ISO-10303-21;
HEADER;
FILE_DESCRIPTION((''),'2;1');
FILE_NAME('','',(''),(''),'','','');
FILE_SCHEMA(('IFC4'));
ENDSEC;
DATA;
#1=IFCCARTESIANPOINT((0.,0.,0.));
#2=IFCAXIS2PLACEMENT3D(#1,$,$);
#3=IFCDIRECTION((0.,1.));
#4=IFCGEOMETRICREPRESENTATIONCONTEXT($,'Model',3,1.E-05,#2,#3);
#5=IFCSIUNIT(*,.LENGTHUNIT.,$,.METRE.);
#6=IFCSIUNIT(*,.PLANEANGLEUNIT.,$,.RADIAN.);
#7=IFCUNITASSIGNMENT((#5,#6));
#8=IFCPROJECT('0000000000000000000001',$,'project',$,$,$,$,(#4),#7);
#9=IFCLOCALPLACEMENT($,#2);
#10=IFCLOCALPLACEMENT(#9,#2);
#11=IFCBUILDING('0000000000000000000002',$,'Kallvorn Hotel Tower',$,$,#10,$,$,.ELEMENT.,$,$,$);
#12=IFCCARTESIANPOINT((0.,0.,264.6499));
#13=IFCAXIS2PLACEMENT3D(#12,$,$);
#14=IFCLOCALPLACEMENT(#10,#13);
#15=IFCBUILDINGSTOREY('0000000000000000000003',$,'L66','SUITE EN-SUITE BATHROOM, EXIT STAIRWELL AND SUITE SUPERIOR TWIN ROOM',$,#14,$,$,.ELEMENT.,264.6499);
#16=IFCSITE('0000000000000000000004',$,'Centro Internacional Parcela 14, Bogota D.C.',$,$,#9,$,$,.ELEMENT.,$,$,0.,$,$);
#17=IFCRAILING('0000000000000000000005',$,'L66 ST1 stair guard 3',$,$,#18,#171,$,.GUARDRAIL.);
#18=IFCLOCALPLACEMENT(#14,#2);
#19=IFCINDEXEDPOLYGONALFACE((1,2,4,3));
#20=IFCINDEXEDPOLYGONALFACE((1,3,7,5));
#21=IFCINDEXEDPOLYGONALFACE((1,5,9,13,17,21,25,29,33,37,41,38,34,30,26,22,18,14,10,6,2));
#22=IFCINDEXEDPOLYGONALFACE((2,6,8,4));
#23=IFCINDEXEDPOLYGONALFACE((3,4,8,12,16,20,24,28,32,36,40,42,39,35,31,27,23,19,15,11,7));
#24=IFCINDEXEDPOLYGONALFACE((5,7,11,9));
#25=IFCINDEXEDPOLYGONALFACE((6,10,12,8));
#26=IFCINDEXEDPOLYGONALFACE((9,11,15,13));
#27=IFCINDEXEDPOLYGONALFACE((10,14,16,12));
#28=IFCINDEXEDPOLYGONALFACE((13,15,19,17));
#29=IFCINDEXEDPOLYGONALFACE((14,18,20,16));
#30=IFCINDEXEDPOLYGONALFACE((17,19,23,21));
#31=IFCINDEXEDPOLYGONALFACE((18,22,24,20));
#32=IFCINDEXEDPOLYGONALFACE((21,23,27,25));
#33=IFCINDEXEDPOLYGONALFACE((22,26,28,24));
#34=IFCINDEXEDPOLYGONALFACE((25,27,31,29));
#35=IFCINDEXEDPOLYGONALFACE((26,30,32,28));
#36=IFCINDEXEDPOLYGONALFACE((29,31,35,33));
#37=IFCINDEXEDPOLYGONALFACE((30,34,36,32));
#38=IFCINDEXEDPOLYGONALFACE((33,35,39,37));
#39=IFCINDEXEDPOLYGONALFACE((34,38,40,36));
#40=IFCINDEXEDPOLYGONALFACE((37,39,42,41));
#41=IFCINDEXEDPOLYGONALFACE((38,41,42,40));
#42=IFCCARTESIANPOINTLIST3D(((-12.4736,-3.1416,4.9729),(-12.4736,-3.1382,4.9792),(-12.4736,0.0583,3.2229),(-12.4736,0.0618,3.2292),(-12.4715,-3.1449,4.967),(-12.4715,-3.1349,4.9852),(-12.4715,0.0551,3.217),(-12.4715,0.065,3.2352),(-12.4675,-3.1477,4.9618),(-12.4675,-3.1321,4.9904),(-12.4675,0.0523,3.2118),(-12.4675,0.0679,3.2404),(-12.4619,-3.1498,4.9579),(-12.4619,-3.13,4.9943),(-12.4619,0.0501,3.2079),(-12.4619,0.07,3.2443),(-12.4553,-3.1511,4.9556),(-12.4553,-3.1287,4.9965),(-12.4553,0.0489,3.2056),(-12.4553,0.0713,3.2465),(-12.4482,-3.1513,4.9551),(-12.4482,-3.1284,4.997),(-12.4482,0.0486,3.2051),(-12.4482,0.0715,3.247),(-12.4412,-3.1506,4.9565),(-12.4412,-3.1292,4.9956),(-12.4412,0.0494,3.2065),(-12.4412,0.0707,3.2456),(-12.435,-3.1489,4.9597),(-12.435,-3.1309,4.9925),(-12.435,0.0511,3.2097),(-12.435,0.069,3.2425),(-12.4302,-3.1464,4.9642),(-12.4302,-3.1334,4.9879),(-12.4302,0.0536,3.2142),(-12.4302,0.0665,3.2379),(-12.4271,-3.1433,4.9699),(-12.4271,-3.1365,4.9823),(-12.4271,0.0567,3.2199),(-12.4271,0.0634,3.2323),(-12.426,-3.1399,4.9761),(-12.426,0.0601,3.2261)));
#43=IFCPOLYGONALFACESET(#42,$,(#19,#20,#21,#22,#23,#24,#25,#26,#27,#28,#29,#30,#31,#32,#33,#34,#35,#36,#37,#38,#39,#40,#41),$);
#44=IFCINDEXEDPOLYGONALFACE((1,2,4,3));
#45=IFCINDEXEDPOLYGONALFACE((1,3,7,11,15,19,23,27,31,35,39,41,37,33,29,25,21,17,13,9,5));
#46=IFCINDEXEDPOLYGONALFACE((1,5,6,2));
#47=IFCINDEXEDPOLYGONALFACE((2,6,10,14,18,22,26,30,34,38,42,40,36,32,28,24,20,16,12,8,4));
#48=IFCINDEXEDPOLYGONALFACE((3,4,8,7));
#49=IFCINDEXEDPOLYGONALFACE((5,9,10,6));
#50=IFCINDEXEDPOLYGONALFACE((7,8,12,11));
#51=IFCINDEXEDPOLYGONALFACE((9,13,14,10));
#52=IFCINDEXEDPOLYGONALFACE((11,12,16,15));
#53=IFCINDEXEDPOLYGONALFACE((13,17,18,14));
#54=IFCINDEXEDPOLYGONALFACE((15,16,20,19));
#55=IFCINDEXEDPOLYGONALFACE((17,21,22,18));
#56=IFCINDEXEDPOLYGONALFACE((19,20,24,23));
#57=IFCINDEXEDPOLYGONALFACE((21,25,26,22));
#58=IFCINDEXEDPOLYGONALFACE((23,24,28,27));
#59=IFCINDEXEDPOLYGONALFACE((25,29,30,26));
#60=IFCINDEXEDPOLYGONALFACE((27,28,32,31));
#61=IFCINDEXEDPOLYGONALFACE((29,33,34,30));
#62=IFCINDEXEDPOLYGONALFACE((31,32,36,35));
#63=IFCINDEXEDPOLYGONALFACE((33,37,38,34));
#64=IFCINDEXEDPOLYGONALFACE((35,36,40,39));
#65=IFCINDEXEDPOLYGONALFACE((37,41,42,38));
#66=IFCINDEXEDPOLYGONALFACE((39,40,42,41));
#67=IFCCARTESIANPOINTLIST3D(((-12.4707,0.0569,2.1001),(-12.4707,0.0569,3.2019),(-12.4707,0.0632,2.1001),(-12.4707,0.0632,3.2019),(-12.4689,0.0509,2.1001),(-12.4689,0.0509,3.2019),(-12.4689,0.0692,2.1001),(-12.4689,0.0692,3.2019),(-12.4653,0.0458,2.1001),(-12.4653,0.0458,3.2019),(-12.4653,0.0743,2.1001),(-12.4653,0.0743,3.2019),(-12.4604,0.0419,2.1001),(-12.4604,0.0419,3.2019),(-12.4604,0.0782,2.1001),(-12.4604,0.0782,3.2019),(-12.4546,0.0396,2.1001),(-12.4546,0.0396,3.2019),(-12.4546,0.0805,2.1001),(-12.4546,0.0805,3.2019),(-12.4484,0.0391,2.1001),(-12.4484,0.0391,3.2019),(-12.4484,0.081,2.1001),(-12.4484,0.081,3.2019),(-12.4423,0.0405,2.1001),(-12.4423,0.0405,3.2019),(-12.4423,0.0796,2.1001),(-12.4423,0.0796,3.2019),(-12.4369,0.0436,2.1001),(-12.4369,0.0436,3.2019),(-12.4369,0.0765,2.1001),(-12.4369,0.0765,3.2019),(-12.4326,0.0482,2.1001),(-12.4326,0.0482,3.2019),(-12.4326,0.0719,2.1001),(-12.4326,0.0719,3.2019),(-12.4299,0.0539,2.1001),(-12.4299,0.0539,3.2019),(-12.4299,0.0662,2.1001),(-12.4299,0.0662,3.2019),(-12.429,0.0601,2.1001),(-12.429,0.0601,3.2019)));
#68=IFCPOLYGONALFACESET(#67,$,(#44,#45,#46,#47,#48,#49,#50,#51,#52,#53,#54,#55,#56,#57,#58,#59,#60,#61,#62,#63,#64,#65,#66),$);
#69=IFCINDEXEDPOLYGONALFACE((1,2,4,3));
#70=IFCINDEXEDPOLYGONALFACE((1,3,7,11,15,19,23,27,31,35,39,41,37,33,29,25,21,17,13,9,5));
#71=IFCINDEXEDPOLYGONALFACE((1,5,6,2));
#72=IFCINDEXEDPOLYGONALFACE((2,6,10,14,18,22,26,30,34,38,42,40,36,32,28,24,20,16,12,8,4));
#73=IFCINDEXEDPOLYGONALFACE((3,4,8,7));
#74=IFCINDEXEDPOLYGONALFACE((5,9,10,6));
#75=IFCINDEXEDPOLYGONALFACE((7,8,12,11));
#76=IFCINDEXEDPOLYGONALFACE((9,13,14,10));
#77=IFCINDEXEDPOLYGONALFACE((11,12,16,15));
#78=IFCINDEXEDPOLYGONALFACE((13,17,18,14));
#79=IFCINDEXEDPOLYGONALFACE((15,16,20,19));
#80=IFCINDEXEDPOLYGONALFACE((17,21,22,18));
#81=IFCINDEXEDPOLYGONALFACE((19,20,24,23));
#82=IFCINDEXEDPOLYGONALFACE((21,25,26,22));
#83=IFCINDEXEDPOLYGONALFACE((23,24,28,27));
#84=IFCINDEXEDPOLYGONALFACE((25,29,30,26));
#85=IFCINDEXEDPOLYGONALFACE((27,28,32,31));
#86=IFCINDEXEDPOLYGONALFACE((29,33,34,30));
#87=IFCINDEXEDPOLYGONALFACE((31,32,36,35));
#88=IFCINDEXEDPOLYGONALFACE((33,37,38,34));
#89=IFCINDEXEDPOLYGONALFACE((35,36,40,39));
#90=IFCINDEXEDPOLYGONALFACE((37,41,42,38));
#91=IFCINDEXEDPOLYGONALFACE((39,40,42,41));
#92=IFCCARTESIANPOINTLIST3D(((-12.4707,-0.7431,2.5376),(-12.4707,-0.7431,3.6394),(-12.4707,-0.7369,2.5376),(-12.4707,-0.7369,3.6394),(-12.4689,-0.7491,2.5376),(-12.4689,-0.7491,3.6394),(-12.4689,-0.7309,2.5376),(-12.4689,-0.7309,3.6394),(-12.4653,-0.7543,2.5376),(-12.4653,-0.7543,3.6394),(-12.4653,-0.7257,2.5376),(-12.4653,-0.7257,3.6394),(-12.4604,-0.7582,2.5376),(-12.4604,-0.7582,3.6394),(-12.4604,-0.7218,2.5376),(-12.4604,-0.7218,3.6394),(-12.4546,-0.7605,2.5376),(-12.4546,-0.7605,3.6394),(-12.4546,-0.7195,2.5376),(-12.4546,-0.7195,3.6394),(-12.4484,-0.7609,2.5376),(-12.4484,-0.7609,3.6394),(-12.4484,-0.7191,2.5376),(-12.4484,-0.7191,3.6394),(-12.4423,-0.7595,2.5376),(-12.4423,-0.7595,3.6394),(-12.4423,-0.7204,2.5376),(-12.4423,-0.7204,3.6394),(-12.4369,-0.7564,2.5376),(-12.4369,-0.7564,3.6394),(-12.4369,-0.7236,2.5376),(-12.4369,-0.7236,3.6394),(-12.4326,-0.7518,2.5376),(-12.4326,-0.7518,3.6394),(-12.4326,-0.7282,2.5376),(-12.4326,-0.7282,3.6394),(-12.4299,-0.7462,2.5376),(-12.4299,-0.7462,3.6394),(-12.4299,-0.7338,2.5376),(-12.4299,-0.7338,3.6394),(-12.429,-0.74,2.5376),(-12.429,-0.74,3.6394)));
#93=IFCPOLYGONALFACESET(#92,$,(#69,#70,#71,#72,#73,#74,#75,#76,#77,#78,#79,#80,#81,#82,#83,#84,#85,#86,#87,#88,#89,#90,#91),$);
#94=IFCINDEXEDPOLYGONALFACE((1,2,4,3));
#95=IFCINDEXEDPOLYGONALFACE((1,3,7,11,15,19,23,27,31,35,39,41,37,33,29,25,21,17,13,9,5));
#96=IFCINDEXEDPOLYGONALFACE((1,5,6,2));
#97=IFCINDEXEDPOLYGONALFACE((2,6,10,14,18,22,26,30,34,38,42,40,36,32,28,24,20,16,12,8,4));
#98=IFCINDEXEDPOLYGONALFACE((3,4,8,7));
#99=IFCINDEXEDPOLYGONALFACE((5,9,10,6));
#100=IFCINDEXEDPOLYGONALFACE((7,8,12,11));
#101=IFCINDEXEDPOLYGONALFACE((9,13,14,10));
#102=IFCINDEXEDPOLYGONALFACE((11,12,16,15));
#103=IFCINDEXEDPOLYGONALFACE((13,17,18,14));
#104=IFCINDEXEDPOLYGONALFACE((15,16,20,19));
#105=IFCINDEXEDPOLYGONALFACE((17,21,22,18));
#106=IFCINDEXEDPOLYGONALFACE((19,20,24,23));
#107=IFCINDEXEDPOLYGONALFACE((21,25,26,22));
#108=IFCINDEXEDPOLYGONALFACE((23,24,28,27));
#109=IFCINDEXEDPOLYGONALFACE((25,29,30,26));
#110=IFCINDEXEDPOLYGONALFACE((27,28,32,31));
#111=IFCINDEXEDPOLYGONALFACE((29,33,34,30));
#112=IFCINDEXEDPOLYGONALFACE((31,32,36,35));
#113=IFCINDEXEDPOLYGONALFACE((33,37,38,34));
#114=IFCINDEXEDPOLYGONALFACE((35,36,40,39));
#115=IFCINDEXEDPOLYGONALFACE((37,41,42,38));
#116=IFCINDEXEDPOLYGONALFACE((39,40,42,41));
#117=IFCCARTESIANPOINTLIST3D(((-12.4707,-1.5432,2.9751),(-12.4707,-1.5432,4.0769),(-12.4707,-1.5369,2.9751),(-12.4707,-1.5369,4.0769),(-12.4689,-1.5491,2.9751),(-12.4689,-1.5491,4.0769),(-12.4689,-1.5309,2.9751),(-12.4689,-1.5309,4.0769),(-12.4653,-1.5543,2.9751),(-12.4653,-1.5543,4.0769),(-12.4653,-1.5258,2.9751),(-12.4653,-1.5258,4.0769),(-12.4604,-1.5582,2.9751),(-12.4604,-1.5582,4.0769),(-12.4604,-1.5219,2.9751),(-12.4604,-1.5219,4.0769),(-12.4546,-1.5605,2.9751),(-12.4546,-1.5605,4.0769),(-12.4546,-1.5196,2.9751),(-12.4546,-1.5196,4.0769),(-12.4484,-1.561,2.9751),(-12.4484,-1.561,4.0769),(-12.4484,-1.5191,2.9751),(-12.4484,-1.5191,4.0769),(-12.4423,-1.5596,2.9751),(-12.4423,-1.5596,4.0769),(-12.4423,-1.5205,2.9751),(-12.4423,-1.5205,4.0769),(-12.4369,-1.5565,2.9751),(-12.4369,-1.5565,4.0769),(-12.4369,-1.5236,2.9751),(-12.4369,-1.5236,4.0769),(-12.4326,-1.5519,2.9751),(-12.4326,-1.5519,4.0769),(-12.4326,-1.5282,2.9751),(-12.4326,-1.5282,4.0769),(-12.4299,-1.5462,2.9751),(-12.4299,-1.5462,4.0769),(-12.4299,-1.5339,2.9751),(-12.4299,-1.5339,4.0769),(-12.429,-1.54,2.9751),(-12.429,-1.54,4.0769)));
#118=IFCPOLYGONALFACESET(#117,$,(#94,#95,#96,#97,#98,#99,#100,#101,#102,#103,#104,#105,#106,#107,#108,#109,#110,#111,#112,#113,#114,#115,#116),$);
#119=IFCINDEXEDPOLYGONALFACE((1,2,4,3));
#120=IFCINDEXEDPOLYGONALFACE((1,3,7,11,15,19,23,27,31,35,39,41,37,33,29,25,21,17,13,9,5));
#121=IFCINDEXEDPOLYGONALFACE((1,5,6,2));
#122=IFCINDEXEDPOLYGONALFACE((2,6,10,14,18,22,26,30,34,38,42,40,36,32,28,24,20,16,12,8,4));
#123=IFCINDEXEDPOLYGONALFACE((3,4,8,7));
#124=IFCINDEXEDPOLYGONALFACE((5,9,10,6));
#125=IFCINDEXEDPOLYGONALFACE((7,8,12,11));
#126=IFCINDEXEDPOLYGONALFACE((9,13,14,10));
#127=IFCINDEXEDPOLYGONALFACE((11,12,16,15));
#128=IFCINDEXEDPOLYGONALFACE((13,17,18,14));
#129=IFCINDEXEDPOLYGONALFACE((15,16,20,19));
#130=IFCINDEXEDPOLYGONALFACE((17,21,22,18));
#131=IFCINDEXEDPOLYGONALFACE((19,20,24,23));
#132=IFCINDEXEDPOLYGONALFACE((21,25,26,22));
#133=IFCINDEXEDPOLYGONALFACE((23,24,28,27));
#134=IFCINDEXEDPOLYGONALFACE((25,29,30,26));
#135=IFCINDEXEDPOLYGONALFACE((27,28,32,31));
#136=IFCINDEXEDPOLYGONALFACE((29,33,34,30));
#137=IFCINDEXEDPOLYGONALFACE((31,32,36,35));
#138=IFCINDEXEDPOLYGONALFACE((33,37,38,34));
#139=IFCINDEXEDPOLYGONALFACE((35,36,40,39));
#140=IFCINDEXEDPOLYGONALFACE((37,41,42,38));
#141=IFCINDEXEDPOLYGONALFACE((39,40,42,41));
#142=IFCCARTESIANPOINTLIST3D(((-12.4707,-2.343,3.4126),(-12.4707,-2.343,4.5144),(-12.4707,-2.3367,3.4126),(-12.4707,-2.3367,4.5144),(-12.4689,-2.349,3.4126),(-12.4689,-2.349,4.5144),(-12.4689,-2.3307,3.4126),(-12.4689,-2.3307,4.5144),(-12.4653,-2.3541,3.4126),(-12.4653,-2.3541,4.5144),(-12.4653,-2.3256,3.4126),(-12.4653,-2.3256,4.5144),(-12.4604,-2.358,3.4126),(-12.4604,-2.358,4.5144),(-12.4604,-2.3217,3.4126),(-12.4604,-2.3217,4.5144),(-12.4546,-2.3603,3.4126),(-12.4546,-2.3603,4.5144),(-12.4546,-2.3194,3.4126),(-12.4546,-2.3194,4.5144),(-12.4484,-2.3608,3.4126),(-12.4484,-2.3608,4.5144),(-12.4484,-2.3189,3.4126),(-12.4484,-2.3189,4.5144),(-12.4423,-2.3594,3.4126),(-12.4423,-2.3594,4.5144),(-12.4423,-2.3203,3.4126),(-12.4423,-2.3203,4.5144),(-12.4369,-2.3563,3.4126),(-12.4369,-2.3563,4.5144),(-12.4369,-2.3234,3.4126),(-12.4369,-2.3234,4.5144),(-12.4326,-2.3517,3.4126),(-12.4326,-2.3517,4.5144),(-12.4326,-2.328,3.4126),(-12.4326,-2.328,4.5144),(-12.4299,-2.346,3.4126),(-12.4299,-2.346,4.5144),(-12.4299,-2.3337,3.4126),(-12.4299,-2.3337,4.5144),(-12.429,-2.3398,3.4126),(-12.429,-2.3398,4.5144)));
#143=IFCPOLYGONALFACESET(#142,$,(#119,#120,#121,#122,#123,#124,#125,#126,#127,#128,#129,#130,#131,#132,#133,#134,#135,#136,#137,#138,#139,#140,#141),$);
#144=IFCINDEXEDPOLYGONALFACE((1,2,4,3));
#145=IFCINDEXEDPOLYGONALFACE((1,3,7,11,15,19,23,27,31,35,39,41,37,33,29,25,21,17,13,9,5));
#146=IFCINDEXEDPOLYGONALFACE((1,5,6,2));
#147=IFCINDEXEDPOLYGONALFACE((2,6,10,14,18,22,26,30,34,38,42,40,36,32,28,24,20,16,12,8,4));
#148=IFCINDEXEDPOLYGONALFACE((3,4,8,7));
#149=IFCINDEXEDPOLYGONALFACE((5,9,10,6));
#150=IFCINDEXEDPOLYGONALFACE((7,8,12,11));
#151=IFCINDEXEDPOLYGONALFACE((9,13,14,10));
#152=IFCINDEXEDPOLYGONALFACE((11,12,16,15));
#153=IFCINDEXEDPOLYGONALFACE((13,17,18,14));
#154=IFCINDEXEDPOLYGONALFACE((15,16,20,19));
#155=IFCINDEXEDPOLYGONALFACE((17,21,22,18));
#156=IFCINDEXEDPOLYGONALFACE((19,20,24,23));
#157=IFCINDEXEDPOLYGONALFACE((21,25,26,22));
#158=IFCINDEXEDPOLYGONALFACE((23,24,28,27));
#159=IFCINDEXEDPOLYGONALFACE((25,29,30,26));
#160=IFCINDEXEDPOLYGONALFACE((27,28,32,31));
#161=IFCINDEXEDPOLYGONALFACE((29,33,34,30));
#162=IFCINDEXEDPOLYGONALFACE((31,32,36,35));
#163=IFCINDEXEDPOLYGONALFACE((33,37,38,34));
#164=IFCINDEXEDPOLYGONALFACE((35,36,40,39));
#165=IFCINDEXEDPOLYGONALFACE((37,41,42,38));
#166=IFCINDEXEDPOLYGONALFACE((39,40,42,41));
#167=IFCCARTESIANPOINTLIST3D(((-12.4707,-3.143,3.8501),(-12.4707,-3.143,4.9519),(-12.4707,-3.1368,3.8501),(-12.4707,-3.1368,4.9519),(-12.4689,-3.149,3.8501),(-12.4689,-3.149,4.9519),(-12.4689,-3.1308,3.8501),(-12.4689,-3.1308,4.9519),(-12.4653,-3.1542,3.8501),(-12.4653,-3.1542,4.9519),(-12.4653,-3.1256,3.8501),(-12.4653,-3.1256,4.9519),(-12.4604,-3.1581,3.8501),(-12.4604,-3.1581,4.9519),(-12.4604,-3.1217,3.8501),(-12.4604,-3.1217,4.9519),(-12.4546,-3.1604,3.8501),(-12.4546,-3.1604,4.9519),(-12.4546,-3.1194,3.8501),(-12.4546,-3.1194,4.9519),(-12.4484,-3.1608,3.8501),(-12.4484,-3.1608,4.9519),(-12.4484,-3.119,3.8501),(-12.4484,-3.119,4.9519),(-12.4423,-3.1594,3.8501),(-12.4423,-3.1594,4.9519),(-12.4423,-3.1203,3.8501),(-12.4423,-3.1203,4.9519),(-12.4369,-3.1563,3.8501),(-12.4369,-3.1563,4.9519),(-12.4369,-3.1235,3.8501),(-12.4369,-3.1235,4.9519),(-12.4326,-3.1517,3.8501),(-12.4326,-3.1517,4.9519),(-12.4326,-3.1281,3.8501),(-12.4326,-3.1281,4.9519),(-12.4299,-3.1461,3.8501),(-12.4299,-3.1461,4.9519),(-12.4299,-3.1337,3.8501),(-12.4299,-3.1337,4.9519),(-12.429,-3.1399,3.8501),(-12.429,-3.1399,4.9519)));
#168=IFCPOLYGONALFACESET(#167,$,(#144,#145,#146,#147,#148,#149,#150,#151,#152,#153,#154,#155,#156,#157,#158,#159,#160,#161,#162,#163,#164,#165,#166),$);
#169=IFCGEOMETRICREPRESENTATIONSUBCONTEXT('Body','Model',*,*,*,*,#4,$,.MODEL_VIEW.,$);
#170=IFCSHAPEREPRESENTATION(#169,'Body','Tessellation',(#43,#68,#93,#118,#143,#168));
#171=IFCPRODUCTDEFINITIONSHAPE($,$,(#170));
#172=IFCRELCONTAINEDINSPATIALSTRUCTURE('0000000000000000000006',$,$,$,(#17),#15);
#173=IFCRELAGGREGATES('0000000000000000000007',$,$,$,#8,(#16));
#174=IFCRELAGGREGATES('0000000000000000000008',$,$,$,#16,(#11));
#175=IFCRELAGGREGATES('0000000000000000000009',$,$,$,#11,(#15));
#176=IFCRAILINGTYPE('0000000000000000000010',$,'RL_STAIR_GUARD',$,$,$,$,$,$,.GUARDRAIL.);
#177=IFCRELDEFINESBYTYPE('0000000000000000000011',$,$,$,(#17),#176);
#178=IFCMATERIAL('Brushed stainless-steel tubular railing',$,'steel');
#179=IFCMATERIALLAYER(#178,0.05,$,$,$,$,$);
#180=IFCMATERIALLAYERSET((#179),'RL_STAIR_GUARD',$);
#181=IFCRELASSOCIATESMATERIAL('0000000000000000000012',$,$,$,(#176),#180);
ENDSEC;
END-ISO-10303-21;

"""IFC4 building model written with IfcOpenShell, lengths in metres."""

from ifc_helpers import new_model, si_unit, direction, frame, origin, origin_2d, place, context, subcontext, project, spatial, circle, extrude, material, layer, layer_set, type_object, element, save


model = new_model("IFC4")

# Units and contexts
model_context = context("Model", 3, precision=1e-05, world=origin(), true_north=direction((0.0, 1.0)))
body_context = subcontext(model_context, "Body", "Model", "MODEL_VIEW")
ifc_project = project(units=[si_unit("LENGTHUNIT", "METRE"), si_unit("PLANEANGLEUNIT", "RADIAN")], contexts=[model_context])

# Site, building, storey
site_placement = place(None, origin())
site = spatial("IfcSite", under=ifc_project, at=site_placement, Name="Centro Internacional Parcela 14, Bogota D.C.", CompositionType="ELEMENT", RefElevation=0.0)
building_placement = place(site_placement, origin())
building = spatial("IfcBuilding", under=site, at=building_placement, Name="Kallvorn Hotel Tower", CompositionType="ELEMENT")
storey_placement = place(building_placement, frame((0.0, 0.0, 264.6499)))
storey = spatial("IfcBuildingStorey", under=building, at=storey_placement, Name="L66", Description="SUITE EN-SUITE BATHROOM, EXIT STAIRWELL AND SUITE SUPERIOR TWIN ROOM", CompositionType="ELEMENT", Elevation=264.6499)

# Railing
ifc_material_1 = material(Name="Brushed stainless-steel tubular railing", Category="steel")
ifc_layer_1 = layer(ifc_material_1, 0.05)
ifc_layer_set_1 = layer_set([ifc_layer_1], Name="RL_STAIR_GUARD")
railing_type = type_object("IfcRailingType", Name="RL_STAIR_GUARD", PredefinedType="GUARDRAIL", material=ifc_layer_set_1)
railing_1_placement = place(storey_placement, frame((-12.45, 0.0601, 2.1001)))
element("IfcRailing", 1, at=railing_1_placement, inside=storey, type_object=railing_type, Name="L66 ST1 stair guard 3", PredefinedType="GUARDRAIL", context=body_context, shape_type="SweptSolid", body=[
    extrude(circle(Radius=0.0239, at=origin_2d()), frame((0.0, 0.0, 1.126), z_axis=(0.0, -0.877368, 0.479818), x_axis=(1.0, 0.0, 0.0)), (0.0, 0.0, 1.0), 3.6472),
    extrude(circle(Radius=0.021, at=origin_2d()), origin(), (0.0, 0.0, 1.0), 1.1018),
    extrude(circle(Radius=0.021, at=origin_2d()), frame((0.0, -0.8, 0.4375)), (0.0, 0.0, 1.0), 1.1018),
    extrude(circle(Radius=0.021, at=origin_2d()), frame((0.0, -1.6001, 0.875)), (0.0, 0.0, 1.0), 1.1018),
    extrude(circle(Radius=0.021, at=origin_2d()), frame((0.0, -2.3999, 1.3125)), (0.0, 0.0, 1.0), 1.1018),
    extrude(circle(Radius=0.021, at=origin_2d()), frame((0.0, -3.2, 1.75)), (0.0, 0.0, 1.0), 1.1018),
])

save(model, "model.ifc")
